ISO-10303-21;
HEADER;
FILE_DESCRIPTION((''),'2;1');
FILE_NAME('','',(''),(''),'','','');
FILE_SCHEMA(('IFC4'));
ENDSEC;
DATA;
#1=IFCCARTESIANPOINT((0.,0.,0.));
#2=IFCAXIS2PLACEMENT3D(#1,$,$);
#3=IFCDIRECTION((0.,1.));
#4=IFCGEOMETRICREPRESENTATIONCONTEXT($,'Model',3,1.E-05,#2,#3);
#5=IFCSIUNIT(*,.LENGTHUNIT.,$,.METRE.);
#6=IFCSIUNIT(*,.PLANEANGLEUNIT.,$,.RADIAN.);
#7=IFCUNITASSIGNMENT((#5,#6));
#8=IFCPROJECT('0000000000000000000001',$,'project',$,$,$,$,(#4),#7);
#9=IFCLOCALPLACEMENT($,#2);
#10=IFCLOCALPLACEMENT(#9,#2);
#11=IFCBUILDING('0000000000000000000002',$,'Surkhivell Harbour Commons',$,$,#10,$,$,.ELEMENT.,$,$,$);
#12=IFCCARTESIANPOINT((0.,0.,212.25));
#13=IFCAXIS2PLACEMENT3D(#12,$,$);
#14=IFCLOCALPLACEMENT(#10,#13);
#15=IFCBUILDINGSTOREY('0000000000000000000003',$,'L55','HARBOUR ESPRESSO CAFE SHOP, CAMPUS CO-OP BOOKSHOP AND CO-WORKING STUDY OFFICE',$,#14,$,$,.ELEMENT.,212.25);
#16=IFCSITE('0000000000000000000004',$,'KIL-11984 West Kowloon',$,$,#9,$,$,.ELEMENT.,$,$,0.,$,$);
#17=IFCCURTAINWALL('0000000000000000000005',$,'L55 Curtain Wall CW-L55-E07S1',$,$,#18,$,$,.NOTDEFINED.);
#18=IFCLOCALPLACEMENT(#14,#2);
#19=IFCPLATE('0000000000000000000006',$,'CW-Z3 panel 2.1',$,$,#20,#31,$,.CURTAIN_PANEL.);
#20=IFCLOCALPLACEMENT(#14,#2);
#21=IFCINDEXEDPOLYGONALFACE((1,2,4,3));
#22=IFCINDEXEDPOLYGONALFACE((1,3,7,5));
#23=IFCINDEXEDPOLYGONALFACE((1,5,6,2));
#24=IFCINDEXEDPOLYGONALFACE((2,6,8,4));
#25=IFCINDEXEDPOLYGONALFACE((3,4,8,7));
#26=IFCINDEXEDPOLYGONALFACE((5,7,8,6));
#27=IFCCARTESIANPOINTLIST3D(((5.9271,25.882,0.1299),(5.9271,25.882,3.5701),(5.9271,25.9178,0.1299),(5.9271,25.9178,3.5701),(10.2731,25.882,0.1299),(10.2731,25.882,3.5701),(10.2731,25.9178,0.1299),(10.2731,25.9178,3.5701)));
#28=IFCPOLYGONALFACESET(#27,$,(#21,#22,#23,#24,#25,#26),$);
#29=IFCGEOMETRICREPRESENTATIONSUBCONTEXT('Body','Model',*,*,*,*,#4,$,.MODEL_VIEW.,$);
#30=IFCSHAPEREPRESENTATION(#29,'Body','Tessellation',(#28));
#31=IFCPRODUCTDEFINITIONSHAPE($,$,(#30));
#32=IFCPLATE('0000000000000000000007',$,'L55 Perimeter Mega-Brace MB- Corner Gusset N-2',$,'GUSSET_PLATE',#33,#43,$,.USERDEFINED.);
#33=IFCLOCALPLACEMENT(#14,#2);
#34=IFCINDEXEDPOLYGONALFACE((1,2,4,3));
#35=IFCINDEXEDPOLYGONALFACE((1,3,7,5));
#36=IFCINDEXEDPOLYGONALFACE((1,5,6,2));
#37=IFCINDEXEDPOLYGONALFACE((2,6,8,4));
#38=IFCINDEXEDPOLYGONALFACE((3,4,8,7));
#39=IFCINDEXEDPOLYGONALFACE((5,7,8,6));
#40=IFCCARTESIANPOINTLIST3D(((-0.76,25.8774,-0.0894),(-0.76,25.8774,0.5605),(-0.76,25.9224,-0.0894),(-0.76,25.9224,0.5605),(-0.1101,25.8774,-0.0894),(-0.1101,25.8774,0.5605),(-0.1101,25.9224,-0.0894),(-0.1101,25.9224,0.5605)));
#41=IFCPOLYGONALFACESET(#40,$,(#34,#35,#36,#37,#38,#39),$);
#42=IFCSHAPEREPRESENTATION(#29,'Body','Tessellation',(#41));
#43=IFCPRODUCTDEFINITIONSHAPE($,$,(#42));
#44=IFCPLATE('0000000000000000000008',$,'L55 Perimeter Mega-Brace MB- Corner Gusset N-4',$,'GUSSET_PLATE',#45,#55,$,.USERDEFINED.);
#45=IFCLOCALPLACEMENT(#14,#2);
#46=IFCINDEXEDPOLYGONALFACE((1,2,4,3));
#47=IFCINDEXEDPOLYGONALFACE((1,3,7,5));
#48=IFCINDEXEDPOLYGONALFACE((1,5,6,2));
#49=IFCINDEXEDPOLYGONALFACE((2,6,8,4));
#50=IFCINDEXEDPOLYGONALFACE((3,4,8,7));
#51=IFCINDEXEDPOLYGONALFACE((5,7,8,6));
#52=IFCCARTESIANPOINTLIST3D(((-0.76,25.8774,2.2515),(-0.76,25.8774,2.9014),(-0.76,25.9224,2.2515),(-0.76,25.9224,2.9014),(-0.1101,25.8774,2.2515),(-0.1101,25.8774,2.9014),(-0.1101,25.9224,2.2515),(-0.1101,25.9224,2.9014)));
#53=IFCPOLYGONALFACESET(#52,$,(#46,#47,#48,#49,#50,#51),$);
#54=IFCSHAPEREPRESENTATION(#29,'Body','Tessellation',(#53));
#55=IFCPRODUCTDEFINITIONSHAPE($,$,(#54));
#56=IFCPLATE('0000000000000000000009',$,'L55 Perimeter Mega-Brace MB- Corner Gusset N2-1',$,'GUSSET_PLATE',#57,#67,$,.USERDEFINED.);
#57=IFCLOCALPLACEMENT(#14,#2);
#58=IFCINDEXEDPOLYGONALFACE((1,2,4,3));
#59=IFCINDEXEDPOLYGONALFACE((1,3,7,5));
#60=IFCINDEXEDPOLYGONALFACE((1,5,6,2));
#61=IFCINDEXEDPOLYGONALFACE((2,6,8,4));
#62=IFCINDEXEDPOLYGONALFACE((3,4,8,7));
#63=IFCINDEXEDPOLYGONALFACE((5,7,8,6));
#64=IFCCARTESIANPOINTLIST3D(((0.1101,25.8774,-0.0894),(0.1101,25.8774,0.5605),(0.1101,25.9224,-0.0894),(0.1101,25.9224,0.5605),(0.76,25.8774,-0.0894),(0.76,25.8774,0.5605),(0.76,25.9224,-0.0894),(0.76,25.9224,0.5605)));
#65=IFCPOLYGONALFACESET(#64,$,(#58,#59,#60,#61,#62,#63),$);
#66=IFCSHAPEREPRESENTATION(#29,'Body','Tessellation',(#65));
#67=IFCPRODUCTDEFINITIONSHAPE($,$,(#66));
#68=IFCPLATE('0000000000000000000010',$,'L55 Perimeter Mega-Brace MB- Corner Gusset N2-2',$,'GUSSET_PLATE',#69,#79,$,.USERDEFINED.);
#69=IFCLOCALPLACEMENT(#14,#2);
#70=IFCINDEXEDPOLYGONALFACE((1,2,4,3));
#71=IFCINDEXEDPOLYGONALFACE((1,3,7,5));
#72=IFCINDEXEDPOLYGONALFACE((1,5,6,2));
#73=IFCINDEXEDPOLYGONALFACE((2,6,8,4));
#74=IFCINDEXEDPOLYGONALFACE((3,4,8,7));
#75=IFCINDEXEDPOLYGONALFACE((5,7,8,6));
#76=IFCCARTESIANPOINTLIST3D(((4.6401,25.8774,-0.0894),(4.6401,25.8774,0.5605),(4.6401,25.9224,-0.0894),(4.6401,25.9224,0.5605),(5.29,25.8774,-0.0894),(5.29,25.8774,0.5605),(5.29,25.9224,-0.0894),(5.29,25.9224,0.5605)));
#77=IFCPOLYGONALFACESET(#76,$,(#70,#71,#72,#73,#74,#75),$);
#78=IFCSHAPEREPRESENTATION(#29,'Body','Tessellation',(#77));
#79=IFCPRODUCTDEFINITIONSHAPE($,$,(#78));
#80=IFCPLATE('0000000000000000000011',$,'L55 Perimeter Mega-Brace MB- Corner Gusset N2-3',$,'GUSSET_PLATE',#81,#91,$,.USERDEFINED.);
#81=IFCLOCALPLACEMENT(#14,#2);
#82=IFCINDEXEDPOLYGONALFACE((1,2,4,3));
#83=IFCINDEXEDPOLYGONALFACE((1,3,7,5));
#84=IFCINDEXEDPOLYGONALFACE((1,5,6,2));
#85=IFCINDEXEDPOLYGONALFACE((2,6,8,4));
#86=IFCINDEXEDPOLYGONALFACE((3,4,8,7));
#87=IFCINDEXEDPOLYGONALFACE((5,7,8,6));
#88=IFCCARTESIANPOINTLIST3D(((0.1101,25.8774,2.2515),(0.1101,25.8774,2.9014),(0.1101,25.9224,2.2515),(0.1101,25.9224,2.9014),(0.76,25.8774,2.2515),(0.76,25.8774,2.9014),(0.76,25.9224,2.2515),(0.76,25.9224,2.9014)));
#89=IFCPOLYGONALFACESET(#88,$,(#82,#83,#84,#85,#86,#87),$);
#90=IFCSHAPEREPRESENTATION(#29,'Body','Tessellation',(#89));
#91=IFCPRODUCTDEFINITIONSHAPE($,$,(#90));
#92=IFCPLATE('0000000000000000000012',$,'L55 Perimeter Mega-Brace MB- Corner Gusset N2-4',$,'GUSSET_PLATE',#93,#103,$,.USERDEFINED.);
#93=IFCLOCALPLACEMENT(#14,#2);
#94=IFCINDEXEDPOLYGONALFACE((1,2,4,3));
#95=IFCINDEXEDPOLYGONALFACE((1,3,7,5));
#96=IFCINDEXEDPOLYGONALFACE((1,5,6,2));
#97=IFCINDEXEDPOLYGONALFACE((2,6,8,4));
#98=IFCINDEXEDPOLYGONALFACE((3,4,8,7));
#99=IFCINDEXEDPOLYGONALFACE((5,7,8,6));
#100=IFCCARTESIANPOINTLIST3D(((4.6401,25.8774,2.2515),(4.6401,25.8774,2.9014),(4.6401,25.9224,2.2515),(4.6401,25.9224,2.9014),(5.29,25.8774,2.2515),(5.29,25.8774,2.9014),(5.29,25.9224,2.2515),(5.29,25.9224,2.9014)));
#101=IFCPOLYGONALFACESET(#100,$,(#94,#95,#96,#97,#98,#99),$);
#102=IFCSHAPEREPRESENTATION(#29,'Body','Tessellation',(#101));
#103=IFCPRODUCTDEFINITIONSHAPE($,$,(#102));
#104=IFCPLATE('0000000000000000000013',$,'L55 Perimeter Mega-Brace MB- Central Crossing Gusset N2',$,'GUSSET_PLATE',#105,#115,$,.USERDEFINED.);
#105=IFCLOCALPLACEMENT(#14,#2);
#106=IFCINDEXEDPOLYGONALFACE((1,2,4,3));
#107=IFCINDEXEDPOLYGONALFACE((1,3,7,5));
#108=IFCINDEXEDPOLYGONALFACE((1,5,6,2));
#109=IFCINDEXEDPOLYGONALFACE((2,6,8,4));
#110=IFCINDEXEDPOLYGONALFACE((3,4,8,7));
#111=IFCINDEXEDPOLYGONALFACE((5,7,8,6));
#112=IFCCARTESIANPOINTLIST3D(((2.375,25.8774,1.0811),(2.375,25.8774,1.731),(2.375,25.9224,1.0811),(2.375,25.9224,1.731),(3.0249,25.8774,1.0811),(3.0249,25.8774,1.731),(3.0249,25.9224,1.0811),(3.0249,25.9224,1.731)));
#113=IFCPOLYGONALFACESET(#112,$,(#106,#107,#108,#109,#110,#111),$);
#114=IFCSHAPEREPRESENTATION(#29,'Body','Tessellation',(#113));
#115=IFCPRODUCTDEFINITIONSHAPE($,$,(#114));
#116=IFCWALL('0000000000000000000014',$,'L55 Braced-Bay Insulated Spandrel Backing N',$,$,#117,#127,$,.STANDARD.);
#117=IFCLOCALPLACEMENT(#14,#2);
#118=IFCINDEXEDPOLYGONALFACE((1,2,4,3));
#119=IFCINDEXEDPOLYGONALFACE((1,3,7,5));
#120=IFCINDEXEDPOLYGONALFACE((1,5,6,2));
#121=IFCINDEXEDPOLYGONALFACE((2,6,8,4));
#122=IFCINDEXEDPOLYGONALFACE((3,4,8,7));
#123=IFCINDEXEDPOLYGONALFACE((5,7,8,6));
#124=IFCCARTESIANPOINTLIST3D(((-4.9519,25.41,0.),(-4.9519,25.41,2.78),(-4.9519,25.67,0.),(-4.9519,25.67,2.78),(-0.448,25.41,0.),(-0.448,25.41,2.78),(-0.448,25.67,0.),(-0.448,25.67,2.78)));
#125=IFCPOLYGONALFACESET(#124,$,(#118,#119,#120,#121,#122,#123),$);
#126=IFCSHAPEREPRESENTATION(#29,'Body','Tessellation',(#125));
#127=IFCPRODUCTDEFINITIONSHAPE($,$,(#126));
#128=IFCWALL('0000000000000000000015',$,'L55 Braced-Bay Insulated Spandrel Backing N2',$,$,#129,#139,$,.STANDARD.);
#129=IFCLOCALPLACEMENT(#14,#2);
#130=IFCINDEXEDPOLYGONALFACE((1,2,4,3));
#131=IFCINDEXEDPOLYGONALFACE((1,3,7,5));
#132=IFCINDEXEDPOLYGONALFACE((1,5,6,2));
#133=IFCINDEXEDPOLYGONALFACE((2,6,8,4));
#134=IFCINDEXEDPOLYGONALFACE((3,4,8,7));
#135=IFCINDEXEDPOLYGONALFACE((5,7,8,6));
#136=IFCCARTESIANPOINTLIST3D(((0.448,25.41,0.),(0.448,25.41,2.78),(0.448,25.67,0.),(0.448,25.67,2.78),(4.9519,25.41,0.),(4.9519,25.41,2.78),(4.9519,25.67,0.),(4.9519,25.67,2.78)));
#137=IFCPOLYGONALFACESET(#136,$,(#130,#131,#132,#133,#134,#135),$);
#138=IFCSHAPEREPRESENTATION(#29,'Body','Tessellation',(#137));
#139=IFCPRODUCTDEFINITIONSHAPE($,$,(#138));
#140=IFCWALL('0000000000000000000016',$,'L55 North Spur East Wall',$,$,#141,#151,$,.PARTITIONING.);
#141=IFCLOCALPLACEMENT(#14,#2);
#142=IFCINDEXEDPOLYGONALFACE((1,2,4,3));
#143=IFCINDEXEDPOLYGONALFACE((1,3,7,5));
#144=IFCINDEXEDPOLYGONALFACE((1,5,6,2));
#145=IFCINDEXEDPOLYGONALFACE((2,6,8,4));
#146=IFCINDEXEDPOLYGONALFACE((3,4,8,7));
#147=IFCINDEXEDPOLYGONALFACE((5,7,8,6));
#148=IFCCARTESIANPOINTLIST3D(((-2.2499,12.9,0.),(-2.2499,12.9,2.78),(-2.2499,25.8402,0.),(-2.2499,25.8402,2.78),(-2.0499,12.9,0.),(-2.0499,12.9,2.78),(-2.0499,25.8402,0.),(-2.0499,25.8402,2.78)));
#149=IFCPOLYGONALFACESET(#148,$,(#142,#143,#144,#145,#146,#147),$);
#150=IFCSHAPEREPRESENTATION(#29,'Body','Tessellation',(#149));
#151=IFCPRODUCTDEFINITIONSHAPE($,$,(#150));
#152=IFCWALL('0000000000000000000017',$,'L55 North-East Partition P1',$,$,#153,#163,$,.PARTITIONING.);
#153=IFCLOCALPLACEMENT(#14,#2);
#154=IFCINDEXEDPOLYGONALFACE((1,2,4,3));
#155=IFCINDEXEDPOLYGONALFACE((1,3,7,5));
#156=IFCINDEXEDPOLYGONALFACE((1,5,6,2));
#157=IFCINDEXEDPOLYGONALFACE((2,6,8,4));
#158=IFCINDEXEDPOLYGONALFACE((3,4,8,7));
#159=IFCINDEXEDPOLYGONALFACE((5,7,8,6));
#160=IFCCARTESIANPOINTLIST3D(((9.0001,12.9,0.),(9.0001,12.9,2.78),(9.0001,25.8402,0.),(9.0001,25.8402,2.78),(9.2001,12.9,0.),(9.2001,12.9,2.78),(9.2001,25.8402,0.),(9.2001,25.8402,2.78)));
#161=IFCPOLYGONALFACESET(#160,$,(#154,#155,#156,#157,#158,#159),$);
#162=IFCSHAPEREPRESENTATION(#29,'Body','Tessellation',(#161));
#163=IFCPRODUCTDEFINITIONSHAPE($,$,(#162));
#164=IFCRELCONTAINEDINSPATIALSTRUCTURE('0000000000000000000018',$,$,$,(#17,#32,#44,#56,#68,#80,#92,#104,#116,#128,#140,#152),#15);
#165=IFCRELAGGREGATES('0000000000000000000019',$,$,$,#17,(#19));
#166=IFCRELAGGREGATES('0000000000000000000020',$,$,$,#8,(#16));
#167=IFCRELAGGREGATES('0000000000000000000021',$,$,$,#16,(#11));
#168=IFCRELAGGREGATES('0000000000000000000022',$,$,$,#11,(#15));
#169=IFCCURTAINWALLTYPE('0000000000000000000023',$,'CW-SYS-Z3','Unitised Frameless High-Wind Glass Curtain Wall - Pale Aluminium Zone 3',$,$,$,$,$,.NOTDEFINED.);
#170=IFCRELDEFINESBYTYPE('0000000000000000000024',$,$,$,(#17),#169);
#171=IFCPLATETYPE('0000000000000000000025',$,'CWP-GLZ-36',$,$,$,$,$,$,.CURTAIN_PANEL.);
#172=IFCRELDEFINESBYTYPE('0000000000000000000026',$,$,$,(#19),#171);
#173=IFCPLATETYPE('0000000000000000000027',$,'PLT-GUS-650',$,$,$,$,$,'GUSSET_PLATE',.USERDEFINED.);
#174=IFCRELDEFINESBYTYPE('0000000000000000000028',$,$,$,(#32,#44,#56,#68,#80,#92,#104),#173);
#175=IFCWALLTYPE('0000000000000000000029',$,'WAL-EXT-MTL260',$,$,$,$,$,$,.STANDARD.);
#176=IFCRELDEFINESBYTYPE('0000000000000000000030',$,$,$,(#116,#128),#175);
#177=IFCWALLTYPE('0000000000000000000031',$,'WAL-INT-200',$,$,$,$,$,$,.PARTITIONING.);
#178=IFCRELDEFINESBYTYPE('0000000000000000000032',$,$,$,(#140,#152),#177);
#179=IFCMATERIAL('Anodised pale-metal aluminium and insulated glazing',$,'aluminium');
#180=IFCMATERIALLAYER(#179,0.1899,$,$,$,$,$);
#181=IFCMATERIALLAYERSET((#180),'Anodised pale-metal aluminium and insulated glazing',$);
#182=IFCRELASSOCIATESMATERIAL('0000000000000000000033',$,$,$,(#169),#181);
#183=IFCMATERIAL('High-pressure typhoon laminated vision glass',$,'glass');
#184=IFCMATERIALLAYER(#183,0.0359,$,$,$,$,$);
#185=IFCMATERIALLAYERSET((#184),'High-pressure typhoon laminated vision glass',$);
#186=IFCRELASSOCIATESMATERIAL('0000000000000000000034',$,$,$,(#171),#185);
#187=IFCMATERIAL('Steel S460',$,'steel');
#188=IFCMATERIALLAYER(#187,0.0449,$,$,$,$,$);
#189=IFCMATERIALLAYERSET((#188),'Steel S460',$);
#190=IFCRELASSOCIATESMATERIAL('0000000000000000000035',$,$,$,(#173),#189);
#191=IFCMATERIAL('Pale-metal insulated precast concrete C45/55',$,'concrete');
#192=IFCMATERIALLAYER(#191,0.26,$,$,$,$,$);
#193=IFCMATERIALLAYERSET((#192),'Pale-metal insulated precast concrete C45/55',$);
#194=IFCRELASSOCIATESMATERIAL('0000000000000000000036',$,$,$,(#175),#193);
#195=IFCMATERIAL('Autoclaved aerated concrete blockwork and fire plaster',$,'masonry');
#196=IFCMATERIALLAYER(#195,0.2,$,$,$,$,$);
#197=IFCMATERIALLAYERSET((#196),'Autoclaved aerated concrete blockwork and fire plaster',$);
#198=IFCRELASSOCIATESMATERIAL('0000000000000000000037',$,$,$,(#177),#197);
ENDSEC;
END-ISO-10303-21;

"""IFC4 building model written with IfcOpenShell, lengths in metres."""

from ifc_helpers import new_model, si_unit, direction, frame, frame_2d, origin, origin_2d, place, context, subcontext, project, spatial, rectangle, extrude, material, layer, layer_set, type_object, element, aggregate, save


model = new_model("IFC4")

# Units and contexts
model_context = context("Model", 3, precision=1e-05, world=origin(), true_north=direction((0.0, 1.0)))
body_context = subcontext(model_context, "Body", "Model", "MODEL_VIEW")
ifc_project = project(units=[si_unit("LENGTHUNIT", "METRE"), si_unit("PLANEANGLEUNIT", "RADIAN")], contexts=[model_context])

# Site, building, storey
site_placement = place(None, origin())
site = spatial("IfcSite", under=ifc_project, at=site_placement, Name="KIL-11984 West Kowloon", CompositionType="ELEMENT", RefElevation=0.0)
building_placement = place(site_placement, origin())
building = spatial("IfcBuilding", under=site, at=building_placement, Name="Surkhivell Harbour Commons", CompositionType="ELEMENT")
storey_placement = place(building_placement, frame((0.0, 0.0, 212.25)))
storey = spatial("IfcBuildingStorey", under=building, at=storey_placement, Name="L55", Description="HARBOUR ESPRESSO CAFE SHOP, CAMPUS CO-OP BOOKSHOP AND CO-WORKING STUDY OFFICE", CompositionType="ELEMENT", Elevation=212.25)

# Curtain wall
ifc_material_1 = material(Name="Anodised pale-metal aluminium and insulated glazing", Category="aluminium")
ifc_layer_1 = layer(ifc_material_1, 0.1899)
ifc_layer_set_1 = layer_set([ifc_layer_1], Name="Anodised pale-metal aluminium and insulated glazing")
curtain_wall_type = type_object("IfcCurtainWallType", Name="CW-SYS-Z3", Description="Unitised Frameless High-Wind Glass Curtain Wall - Pale Aluminium Zone 3", PredefinedType="NOTDEFINED", material=ifc_layer_set_1)
curtain_wall_placement = place(storey_placement, origin())
curtain_wall = element("IfcCurtainWall", 1, at=curtain_wall_placement, inside=storey, type_object=curtain_wall_type, Name="L55 Curtain Wall CW-L55-E07S1", PredefinedType="NOTDEFINED")

# Shared definitions
ifc_material_2 = material(Name="Steel S460", Category="steel")

# Plate
ifc_material_3 = material(Name="High-pressure typhoon laminated vision glass", Category="glass")
ifc_layer_2 = layer(ifc_material_3, 0.0359)
ifc_layer_set_2 = layer_set([ifc_layer_2], Name="High-pressure typhoon laminated vision glass")
plate_type_1 = type_object("IfcPlateType", Name="CWP-GLZ-36", PredefinedType="CURTAIN_PANEL", material=ifc_layer_set_2)
plate_placement = place(storey_placement, frame((10.2729, 25.8999, 0.1299), z_axis=(0.0, 0.0, 1.0), x_axis=(-1.0, 0.0, 0.0)))
plate = element("IfcPlate", 2, at=plate_placement, type_object=plate_type_1, Name="CW-Z3 panel 2.1", PredefinedType="CURTAIN_PANEL", context=body_context, shape_type="SweptSolid", body=[
    extrude(rectangle(XDim=4.3459, YDim=0.0359, at=frame_2d((2.1729, 0.0))), origin(), (0.0, 0.0, 1.0), 3.4402),
])
aggregate(curtain_wall, [plate])

# Plates
ifc_layer_3 = layer(ifc_material_2, 0.0449)
ifc_layer_set_3 = layer_set([ifc_layer_3], Name="Steel S460")
plate_type_2 = type_object("IfcPlateType", Name="PLT-GUS-650", ElementType="GUSSET_PLATE", PredefinedType="USERDEFINED", material=ifc_layer_set_3)
for number, where, z_axis, x_axis, name in (
    (3, (-0.4351, 25.8999, -0.0894), (0.0, 0.0, 1.0), (1.0, 0.0, 0.0), "L55 Perimeter Mega-Brace MB- Corner Gusset N-2"),
    (4, (-0.4351, 25.8999, 2.2515), (0.0, 0.0, 1.0), (1.0, 0.0, 0.0), "L55 Perimeter Mega-Brace MB- Corner Gusset N-4"),
    (5, (0.4351, 25.8999, -0.0894), (0.0, 0.0, 1.0), (1.0, 0.0, 0.0), "L55 Perimeter Mega-Brace MB- Corner Gusset N2-1"),
    (6, (4.9651, 25.8999, -0.0894), (0.0, 0.0, 1.0), (1.0, 0.0, 0.0), "L55 Perimeter Mega-Brace MB- Corner Gusset N2-2"),
    (7, (0.4351, 25.8999, 2.2515), (0.0, 0.0, 1.0), (1.0, 0.0, 0.0), "L55 Perimeter Mega-Brace MB- Corner Gusset N2-3"),
    (8, (4.9651, 25.8999, 2.2515), (0.0, 0.0, 1.0), (1.0, 0.0, 0.0), "L55 Perimeter Mega-Brace MB- Corner Gusset N2-4"),
    (9, (2.7, 25.8999, 1.0811), (0.0, 0.0, 1.0), (1.0, 0.0, 0.0), "L55 Perimeter Mega-Brace MB- Central Crossing Gusset N2"),
):
    element("IfcPlate", number, at=place(storey_placement, frame(where, z_axis=z_axis, x_axis=x_axis)), inside=storey, type_object=plate_type_2, Name=name, ObjectType="GUSSET_PLATE", PredefinedType="USERDEFINED", context=body_context, shape_type="SweptSolid", body=[
        extrude(rectangle(XDim=0.6499, YDim=0.0449, at=origin_2d()), origin(), (0.0, 0.0, 1.0), 0.6499),
    ])

# Walls
ifc_material_4 = material(Name="Pale-metal insulated precast concrete C45/55", Category="concrete")
ifc_layer_4 = layer(ifc_material_4, 0.26)
ifc_layer_set_4 = layer_set([ifc_layer_4], Name="Pale-metal insulated precast concrete C45/55")
wall_type_1 = type_object("IfcWallType", Name="WAL-EXT-MTL260", PredefinedType="STANDARD", material=ifc_layer_set_4)
for number, where, z_axis, x_axis, name in (
    (10, (-0.448, 25.54, 0.0), (0.0, 0.0, 1.0), (-1.0, 0.0, 0.0), "L55 Braced-Bay Insulated Spandrel Backing N"),
    (11, (4.9519, 25.54, 0.0), (0.0, 0.0, 1.0), (-1.0, 0.0, 0.0), "L55 Braced-Bay Insulated Spandrel Backing N2"),
):
    element("IfcWall", number, at=place(storey_placement, frame(where, z_axis=z_axis, x_axis=x_axis)), inside=storey, type_object=wall_type_1, Name=name, PredefinedType="STANDARD", context=body_context, shape_type="SweptSolid", body=[
        extrude(rectangle(XDim=4.5039, YDim=0.26, at=frame_2d((2.252, 0.0))), origin(), (0.0, 0.0, 1.0), 2.78),
    ])
ifc_material_5 = material(Name="Autoclaved aerated concrete blockwork and fire plaster", Category="masonry")
ifc_layer_5 = layer(ifc_material_5, 0.2)
ifc_layer_set_5 = layer_set([ifc_layer_5], Name="Autoclaved aerated concrete blockwork and fire plaster")
wall_type_2 = type_object("IfcWallType", Name="WAL-INT-200", PredefinedType="PARTITIONING", material=ifc_layer_set_5)
for number, where, z_axis, x_axis, name in (
    (12, (-2.1499, 12.8999, 0.0), (0.0, 0.0, 1.0), (0.0, 1.0, 0.0), "L55 North Spur East Wall"),
    (13, (9.1001, 12.8999, 0.0), (0.0, 0.0, 1.0), (0.0, 1.0, 0.0), "L55 North-East Partition P1"),
):
    element("IfcWall", number, at=place(storey_placement, frame(where, z_axis=z_axis, x_axis=x_axis)), inside=storey, type_object=wall_type_2, Name=name, PredefinedType="PARTITIONING", context=body_context, shape_type="SweptSolid", body=[
        extrude(rectangle(XDim=12.9402, YDim=0.2, at=frame_2d((6.4702, 0.0))), origin(), (0.0, 0.0, 1.0), 2.78),
    ])

save(model, "model.ifc")
